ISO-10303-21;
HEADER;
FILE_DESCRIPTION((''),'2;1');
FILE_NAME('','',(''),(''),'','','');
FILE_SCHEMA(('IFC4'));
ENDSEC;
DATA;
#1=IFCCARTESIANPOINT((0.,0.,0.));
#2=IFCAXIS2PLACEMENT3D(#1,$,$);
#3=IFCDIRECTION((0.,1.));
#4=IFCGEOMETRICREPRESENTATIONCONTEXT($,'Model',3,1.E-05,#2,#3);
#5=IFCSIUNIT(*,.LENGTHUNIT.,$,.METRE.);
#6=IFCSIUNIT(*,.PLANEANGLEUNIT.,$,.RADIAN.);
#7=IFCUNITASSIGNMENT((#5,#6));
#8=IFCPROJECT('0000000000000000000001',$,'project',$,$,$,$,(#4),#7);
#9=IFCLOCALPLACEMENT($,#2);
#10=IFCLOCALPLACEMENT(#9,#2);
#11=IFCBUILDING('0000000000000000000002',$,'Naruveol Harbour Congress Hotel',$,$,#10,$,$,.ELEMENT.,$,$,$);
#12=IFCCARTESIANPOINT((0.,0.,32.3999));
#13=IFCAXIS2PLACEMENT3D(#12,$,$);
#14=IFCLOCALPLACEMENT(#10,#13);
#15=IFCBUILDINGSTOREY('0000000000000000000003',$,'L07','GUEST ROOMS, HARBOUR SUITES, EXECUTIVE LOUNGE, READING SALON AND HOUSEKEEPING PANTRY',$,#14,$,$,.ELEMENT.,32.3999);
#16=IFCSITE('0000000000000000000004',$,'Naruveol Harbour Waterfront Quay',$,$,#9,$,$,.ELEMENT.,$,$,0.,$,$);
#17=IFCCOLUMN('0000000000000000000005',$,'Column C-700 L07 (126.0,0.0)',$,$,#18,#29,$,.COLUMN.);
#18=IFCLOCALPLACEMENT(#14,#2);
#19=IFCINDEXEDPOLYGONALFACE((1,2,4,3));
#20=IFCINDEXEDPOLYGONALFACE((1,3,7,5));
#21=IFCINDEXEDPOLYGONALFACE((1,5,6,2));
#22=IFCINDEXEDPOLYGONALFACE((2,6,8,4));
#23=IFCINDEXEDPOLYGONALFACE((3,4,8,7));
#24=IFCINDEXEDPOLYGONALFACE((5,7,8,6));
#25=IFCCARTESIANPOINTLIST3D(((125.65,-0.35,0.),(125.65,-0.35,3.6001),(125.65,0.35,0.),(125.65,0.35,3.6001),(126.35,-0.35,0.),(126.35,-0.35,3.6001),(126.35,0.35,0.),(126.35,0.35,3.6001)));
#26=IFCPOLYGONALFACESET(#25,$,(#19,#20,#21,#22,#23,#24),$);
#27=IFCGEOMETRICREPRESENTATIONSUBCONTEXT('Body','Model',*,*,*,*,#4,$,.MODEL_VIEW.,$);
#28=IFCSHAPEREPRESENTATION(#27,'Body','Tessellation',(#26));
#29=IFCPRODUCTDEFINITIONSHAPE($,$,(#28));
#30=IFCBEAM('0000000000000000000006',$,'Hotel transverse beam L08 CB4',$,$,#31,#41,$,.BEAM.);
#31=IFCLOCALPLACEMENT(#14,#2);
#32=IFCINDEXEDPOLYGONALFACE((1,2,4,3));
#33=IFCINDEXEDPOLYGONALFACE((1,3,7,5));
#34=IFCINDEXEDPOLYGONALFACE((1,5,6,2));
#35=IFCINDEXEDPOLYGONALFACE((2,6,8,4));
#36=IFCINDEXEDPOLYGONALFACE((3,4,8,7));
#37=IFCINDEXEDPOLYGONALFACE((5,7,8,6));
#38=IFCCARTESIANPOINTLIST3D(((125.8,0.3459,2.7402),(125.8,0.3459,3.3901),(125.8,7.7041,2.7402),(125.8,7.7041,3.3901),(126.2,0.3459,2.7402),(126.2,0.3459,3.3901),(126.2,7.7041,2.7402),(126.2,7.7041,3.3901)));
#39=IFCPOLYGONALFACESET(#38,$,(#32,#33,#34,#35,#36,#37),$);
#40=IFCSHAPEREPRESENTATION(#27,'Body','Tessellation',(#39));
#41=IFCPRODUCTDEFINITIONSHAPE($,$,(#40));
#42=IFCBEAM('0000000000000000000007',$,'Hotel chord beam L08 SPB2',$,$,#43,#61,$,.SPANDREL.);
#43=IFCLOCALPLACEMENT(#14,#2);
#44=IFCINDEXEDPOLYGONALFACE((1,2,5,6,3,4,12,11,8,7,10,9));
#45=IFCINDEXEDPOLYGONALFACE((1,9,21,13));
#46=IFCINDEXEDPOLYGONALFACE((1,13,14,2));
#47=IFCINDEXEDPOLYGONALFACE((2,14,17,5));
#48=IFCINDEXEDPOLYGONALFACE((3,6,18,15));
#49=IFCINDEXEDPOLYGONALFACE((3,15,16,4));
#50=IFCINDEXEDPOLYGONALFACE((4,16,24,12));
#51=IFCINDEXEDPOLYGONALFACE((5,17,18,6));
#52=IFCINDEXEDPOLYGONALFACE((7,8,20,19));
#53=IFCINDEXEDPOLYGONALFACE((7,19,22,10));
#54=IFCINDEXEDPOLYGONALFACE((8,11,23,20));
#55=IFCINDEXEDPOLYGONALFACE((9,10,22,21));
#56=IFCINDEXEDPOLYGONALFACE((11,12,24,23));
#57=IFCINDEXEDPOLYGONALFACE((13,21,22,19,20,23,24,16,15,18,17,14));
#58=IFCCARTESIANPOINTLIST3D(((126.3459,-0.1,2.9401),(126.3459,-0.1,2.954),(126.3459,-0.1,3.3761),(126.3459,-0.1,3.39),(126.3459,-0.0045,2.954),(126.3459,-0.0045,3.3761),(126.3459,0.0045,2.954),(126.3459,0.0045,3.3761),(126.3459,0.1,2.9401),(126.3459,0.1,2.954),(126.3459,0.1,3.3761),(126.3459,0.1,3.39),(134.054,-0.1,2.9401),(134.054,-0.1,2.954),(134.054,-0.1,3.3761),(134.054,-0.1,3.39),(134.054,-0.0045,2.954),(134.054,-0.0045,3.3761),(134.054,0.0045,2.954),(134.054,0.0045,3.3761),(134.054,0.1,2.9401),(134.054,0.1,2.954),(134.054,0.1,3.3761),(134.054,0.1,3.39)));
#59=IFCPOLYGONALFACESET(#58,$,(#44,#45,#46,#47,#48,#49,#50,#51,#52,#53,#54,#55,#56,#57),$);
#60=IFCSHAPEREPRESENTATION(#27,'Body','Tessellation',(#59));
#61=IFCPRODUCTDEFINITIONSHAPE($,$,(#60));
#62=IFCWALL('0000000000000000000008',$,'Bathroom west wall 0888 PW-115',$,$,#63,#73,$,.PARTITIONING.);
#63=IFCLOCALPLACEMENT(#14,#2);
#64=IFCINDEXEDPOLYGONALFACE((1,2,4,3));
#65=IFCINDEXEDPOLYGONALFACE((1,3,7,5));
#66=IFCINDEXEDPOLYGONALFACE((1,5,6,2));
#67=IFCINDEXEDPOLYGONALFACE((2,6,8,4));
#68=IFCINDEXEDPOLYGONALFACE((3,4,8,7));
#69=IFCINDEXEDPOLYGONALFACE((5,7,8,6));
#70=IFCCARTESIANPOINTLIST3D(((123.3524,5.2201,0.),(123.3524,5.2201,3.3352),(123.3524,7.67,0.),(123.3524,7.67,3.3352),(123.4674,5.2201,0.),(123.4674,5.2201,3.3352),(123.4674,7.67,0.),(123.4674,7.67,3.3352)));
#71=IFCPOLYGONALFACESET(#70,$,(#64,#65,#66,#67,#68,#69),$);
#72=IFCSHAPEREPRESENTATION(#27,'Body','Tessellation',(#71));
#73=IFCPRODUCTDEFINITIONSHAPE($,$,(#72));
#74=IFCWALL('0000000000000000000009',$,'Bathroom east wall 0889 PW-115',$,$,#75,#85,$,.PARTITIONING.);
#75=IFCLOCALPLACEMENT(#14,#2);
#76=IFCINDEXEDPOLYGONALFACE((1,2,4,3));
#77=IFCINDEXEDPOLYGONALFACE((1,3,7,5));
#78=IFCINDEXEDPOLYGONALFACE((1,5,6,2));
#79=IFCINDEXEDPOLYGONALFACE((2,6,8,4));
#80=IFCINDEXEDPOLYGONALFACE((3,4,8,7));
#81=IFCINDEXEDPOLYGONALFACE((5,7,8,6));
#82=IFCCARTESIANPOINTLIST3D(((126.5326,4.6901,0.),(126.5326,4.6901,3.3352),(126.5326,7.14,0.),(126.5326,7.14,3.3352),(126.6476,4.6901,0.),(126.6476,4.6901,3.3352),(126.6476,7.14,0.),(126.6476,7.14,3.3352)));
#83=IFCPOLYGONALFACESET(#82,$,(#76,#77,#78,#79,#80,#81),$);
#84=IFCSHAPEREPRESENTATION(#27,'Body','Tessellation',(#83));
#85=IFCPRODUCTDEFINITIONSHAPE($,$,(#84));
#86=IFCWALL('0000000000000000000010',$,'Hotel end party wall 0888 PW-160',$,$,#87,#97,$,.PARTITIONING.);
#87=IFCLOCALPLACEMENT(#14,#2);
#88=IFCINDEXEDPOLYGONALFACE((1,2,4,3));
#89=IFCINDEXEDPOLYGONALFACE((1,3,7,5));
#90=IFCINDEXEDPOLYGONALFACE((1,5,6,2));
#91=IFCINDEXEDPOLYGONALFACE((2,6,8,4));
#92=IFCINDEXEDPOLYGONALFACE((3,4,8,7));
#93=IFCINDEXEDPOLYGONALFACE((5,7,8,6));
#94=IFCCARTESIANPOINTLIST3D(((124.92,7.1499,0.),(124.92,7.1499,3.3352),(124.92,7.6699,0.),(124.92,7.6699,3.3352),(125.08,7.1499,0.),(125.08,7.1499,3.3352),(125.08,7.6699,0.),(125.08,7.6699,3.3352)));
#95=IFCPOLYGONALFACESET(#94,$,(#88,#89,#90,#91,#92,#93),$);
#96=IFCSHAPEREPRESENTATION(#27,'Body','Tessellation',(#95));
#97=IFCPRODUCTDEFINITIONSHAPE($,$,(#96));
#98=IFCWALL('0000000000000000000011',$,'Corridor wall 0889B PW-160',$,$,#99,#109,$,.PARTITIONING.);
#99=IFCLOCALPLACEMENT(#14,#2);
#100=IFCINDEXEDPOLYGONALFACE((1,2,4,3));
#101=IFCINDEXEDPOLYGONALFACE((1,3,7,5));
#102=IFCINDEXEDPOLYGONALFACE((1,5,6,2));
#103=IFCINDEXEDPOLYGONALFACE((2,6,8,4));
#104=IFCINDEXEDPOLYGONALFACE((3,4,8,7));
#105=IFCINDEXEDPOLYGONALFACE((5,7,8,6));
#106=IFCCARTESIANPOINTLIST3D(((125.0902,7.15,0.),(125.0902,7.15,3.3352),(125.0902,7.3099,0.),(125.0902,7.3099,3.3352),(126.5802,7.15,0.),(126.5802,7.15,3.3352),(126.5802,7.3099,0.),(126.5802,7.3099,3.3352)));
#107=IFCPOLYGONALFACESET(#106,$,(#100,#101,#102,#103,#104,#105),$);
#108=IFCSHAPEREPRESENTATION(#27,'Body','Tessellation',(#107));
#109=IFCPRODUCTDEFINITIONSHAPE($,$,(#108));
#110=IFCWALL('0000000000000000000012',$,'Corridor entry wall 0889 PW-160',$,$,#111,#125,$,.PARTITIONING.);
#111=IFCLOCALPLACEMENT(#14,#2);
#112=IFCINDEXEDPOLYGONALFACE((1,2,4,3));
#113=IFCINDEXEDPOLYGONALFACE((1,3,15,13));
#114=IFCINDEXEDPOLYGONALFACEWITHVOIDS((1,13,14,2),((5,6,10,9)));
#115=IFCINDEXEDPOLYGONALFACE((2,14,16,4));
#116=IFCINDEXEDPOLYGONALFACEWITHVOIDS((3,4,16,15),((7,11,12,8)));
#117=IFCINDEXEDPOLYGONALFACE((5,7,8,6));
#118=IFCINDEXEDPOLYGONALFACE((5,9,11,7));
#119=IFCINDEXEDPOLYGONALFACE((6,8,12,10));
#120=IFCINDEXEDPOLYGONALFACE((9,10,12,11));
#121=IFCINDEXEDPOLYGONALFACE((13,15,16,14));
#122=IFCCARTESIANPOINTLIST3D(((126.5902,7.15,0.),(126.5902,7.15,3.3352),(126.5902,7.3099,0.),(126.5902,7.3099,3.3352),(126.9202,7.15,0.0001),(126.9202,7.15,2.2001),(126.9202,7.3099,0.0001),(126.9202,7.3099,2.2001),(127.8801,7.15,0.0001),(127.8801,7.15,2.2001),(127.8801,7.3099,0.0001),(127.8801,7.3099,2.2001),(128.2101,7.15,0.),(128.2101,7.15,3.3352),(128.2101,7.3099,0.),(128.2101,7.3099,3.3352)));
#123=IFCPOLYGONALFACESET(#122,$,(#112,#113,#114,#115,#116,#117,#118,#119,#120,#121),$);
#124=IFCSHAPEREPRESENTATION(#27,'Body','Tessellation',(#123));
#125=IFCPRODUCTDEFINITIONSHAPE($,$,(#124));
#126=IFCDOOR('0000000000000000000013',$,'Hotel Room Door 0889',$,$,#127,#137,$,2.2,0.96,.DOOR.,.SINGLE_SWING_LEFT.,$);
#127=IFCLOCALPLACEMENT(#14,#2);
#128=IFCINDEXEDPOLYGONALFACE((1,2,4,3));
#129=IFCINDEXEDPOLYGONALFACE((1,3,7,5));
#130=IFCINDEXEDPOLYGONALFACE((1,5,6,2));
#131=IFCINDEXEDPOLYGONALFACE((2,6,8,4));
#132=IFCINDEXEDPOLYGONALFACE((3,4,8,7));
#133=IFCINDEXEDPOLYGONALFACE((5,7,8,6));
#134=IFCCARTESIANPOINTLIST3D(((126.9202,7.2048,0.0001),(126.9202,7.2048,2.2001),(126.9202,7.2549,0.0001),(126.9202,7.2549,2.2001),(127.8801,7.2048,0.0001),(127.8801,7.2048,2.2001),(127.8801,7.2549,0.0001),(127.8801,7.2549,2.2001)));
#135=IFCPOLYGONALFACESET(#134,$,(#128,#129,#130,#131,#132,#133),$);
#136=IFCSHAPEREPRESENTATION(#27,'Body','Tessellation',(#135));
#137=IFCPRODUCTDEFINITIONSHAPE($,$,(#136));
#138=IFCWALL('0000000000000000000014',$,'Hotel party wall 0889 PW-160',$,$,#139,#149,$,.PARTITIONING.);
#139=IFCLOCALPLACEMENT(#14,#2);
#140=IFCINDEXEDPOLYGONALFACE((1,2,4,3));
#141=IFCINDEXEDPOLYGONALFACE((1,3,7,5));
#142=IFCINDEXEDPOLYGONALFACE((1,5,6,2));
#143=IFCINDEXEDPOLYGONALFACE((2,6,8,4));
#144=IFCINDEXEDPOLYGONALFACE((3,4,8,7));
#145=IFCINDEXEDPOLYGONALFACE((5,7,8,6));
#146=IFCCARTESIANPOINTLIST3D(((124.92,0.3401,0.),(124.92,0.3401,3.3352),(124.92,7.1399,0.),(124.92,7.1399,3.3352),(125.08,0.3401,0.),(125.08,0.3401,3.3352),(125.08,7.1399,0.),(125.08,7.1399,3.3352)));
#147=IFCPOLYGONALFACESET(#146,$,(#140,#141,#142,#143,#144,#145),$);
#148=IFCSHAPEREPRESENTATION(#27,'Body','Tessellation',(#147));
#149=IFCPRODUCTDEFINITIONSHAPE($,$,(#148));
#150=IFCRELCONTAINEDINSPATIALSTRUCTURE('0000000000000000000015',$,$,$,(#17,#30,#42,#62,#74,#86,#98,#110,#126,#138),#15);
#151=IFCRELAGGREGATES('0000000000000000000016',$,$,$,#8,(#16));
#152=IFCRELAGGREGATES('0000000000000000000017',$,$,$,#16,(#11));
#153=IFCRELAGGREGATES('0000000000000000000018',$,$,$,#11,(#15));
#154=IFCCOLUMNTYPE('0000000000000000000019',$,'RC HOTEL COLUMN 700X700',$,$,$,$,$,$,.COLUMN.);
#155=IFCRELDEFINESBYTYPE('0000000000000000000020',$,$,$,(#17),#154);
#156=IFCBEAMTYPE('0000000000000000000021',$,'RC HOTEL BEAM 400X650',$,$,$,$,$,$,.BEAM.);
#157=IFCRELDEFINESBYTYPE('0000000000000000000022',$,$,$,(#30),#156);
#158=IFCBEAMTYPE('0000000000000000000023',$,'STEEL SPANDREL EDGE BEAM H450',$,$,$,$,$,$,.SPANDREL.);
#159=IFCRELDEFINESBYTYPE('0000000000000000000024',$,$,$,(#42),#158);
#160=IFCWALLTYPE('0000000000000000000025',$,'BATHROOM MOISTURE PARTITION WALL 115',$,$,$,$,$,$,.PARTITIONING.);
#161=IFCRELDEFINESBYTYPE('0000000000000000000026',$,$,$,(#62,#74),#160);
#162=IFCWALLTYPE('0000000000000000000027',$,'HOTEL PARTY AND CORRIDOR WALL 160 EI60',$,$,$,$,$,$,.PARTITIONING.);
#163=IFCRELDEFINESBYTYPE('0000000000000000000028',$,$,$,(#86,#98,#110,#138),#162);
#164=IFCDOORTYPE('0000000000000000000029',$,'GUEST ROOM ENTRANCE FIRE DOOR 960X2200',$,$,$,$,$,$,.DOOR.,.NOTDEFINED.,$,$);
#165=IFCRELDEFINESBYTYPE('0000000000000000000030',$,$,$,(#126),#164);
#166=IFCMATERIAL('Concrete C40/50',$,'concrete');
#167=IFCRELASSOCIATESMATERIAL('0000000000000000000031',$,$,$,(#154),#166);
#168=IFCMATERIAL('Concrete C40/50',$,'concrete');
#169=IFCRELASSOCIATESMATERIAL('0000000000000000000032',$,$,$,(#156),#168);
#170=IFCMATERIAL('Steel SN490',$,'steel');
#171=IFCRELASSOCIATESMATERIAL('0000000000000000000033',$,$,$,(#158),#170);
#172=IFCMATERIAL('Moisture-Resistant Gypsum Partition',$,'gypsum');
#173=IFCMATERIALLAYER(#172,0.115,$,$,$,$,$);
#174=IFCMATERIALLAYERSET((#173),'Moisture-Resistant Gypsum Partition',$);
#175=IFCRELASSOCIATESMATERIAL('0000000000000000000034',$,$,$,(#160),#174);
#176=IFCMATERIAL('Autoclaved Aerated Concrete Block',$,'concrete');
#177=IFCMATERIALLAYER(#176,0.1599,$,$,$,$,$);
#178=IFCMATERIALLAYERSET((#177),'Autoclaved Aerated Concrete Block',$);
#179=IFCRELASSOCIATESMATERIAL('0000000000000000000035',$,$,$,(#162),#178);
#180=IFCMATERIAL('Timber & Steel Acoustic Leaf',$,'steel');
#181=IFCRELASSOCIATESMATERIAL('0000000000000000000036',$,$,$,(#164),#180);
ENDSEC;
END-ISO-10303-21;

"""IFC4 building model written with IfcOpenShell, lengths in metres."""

from ifc_helpers import new_model, si_unit, direction, frame, frame_2d, origin, origin_2d, place, context, subcontext, project, spatial, rectangle, i_section, extrude, material, layer, layer_set, material_profile, profile_set, type_object, element, fill, save


model = new_model("IFC4")

# Units and contexts
model_context = context("Model", 3, precision=1e-05, world=origin(), true_north=direction((0.0, 1.0)))
body_context = subcontext(model_context, "Body", "Model", "MODEL_VIEW")
ifc_project = project(units=[si_unit("LENGTHUNIT", "METRE"), si_unit("PLANEANGLEUNIT", "RADIAN")], contexts=[model_context])

# Site, building, storey
site_placement = place(None, origin())
site = spatial("IfcSite", under=ifc_project, at=site_placement, Name="Naruveol Harbour Waterfront Quay", CompositionType="ELEMENT", RefElevation=0.0)
building_placement = place(site_placement, origin())
building = spatial("IfcBuilding", under=site, at=building_placement, Name="Naruveol Harbour Congress Hotel", CompositionType="ELEMENT")
storey_placement = place(building_placement, frame((0.0, 0.0, 32.3999)))
storey = spatial("IfcBuildingStorey", under=building, at=storey_placement, Name="L07", Description="GUEST ROOMS, HARBOUR SUITES, EXECUTIVE LOUNGE, READING SALON AND HOUSEKEEPING PANTRY", CompositionType="ELEMENT", Elevation=32.3999)

# Column
ifc_material_1 = material(Name="Concrete C40/50", Category="concrete")
ifc_material_profile_1 = material_profile(ifc_material_1, rectangle(XDim=0.7, YDim=0.7, at=origin_2d()), Name="RC-700x700")
ifc_profile_set_1 = profile_set([ifc_material_profile_1], Name="Concrete C40/50")
column_type = type_object("IfcColumnType", Name="RC HOTEL COLUMN 700X700", PredefinedType="COLUMN", material=ifc_profile_set_1)
column_placement = place(storey_placement, frame((126.0, 0.0, 0.0), z_axis=(0.0, 0.0, 1.0), x_axis=(1.0, 0.0, 0.0)))
element("IfcColumn", 1, at=column_placement, inside=storey, type_object=column_type, Name="Column C-700 L07 (126.0,0.0)", PredefinedType="COLUMN", context=body_context, shape_type="SweptSolid", body=[
    extrude(rectangle(XDim=0.7, YDim=0.7, at=origin_2d()), origin(), (0.0, 0.0, 1.0), 3.6001),
])

# Beams
ifc_material_2 = material(Name="Concrete C40/50", Category="concrete")
ifc_material_profile_2 = material_profile(ifc_material_2, rectangle(XDim=0.3999, YDim=0.6499, at=origin_2d()), Name="RCB-400x650")
ifc_profile_set_2 = profile_set([ifc_material_profile_2], Name="Concrete C40/50")
beam_type_1 = type_object("IfcBeamType", Name="RC HOTEL BEAM 400X650", PredefinedType="BEAM", material=ifc_profile_set_2)
beam_1_placement = place(storey_placement, frame((126.0, 0.3459, 3.0652), z_axis=(0.0, 1.0, 0.0), x_axis=(-1.0, 0.0, 0.0)))
element("IfcBeam", 2, at=beam_1_placement, inside=storey, type_object=beam_type_1, Name="Hotel transverse beam L08 CB4", PredefinedType="BEAM", context=body_context, shape_type="SweptSolid", body=[
    extrude(rectangle(XDim=0.3999, YDim=0.6499, at=origin_2d()), origin(), (0.0, 0.0, 1.0), 7.3582),
])
ifc_material_3 = material(Name="Steel SN490", Category="steel")
ifc_material_profile_3 = material_profile(ifc_material_3, i_section(OverallWidth=0.2, OverallDepth=0.45, WebThickness=0.009, FlangeThickness=0.0139, at=origin_2d()), Name="H-450x200x9x14")
ifc_profile_set_3 = profile_set([ifc_material_profile_3], Name="Steel SN490")
beam_type_2 = type_object("IfcBeamType", Name="STEEL SPANDREL EDGE BEAM H450", PredefinedType="SPANDREL", material=ifc_profile_set_3)
beam_2_placement = place(storey_placement, frame((126.3459, 0.0, 3.165), z_axis=(1.0, 0.0, 0.0), x_axis=(0.0, 1.0, 0.0)))
element("IfcBeam", 3, at=beam_2_placement, inside=storey, type_object=beam_type_2, Name="Hotel chord beam L08 SPB2", PredefinedType="SPANDREL", context=body_context, shape_type="SweptSolid", body=[
    extrude(i_section(OverallWidth=0.2, OverallDepth=0.45, WebThickness=0.009, FlangeThickness=0.0139, at=origin_2d()), origin(), (0.0, 0.0, 1.0), 7.708),
])

# Wall
ifc_material_4 = material(Name="Moisture-Resistant Gypsum Partition", Category="gypsum")
ifc_layer_1 = layer(ifc_material_4, 0.115)
ifc_layer_set_1 = layer_set([ifc_layer_1], Name="Moisture-Resistant Gypsum Partition")
wall_type_1 = type_object("IfcWallType", Name="BATHROOM MOISTURE PARTITION WALL 115", PredefinedType="PARTITIONING", material=ifc_layer_set_1)
wall_1_placement = place(storey_placement, frame((123.4099, 5.22, 0.0), z_axis=(0.0, 0.0, 1.0), x_axis=(0.0, 1.0, 0.0)))
element("IfcWall", 4, at=wall_1_placement, inside=storey, type_object=wall_type_1, Name="Bathroom west wall 0888 PW-115", PredefinedType="PARTITIONING", context=body_context, shape_type="SweptSolid", body=[
    extrude(rectangle(XDim=2.45, YDim=0.115, at=frame_2d((1.2251, 0.0))), origin(), (0.0, 0.0, 1.0), 3.3352),
])

# Wall
wall_2_placement = place(storey_placement, frame((126.5901, 4.6899, 0.0), z_axis=(0.0, 0.0, 1.0), x_axis=(0.0, 1.0, 0.0)))
element("IfcWall", 5, at=wall_2_placement, inside=storey, type_object=wall_type_1, Name="Bathroom east wall 0889 PW-115", PredefinedType="PARTITIONING", context=body_context, shape_type="SweptSolid", body=[
    extrude(rectangle(XDim=2.45, YDim=0.115, at=frame_2d((1.2251, 0.0))), origin(), (0.0, 0.0, 1.0), 3.3352),
])

# Walls
ifc_material_5 = material(Name="Autoclaved Aerated Concrete Block", Category="concrete")
ifc_layer_2 = layer(ifc_material_5, 0.1599)
ifc_layer_set_2 = layer_set([ifc_layer_2], Name="Autoclaved Aerated Concrete Block")
wall_type_2 = type_object("IfcWallType", Name="HOTEL PARTY AND CORRIDOR WALL 160 EI60", PredefinedType="PARTITIONING", material=ifc_layer_set_2)
wall_3_placement = place(storey_placement, frame((125.0, 7.1499, 0.0), z_axis=(0.0, 0.0, 1.0), x_axis=(0.0, 1.0, 0.0)))
element("IfcWall", 6, at=wall_3_placement, inside=storey, type_object=wall_type_2, Name="Hotel end party wall 0888 PW-160", PredefinedType="PARTITIONING", context=body_context, shape_type="SweptSolid", body=[
    extrude(rectangle(XDim=0.52, YDim=0.1599, at=frame_2d((0.26, 0.0))), origin(), (0.0, 0.0, 1.0), 3.3352),
])
wall_4_placement = place(storey_placement, frame((125.0901, 7.23, 0.0), z_axis=(0.0, 0.0, 1.0), x_axis=(1.0, 0.0, 0.0)))
element("IfcWall", 7, at=wall_4_placement, inside=storey, type_object=wall_type_2, Name="Corridor wall 0889B PW-160", PredefinedType="PARTITIONING", context=body_context, shape_type="SweptSolid", body=[
    extrude(rectangle(XDim=1.49, YDim=0.1599, at=frame_2d((0.7451, 0.0))), origin(), (0.0, 0.0, 1.0), 3.3352),
])

# Wall, opening, door
wall_5_placement = place(storey_placement, frame((126.5901, 7.23, 0.0), z_axis=(0.0, 0.0, 1.0), x_axis=(1.0, 0.0, 0.0)))
wall_5 = element("IfcWall", 8, at=wall_5_placement, inside=storey, type_object=wall_type_2, Name="Corridor entry wall 0889 PW-160", PredefinedType="PARTITIONING", context=body_context, shape_type="SweptSolid", body=[
    extrude(rectangle(XDim=1.6199, YDim=0.1599, at=frame_2d((0.8101, 0.0))), origin(), (0.0, 0.0, 1.0), 3.3352),
])
opening_1_placement = place(wall_5_placement, frame((0.3301, 0.0, 0.0)))
opening_1 = element("IfcOpeningElement", 9, at=opening_1_placement, cuts=wall_5, PredefinedType="OPENING", context=body_context, shape_type="SweptSolid", body=[
    extrude(rectangle(XDim=0.96, YDim=2.2, at=frame_2d((0.48, 1.1001))), frame((0.0, 0.0898, 0.0), z_axis=(0.0, -1.0, 0.0), x_axis=(1.0, 0.0, 0.0)), (0.0, 0.0, 1.0), 0.1799),
])
ifc_material_6 = material(Name="Timber & Steel Acoustic Leaf", Category="steel")
door_type_1 = type_object("IfcDoorType", Name="GUEST ROOM ENTRANCE FIRE DOOR 960X2200", OperationType="NOTDEFINED", PredefinedType="DOOR", material=ifc_material_6)
door_1_placement = place(opening_1_placement, origin())
door_1 = element("IfcDoor", 10, at=door_1_placement, inside=storey, type_object=door_type_1, Name="Hotel Room Door 0889", OperationType="SINGLE_SWING_LEFT", OverallHeight=2.2, OverallWidth=0.96, PredefinedType="DOOR", context=body_context, shape_type="SweptSolid", body=[
    extrude(rectangle(XDim=0.96, YDim=2.2, at=frame_2d((0.48, 1.1001))), frame((0.0, 0.0249, 0.0), z_axis=(0.0, -1.0, 0.0), x_axis=(1.0, 0.0, 0.0)), (0.0, 0.0, 1.0), 0.05),
])
fill(opening_1, door_1)

# Wall
wall_6_placement = place(storey_placement, frame((125.0, 0.3401, 0.0), z_axis=(0.0, 0.0, 1.0), x_axis=(0.0, 1.0, 0.0)))
element("IfcWall", 11, at=wall_6_placement, inside=storey, type_object=wall_type_2, Name="Hotel party wall 0889 PW-160", PredefinedType="PARTITIONING", context=body_context, shape_type="SweptSolid", body=[
    extrude(rectangle(XDim=6.7998, YDim=0.1599, at=frame_2d((3.3999, 0.0))), origin(), (0.0, 0.0, 1.0), 3.3352),
])

save(model, "model.ifc")
